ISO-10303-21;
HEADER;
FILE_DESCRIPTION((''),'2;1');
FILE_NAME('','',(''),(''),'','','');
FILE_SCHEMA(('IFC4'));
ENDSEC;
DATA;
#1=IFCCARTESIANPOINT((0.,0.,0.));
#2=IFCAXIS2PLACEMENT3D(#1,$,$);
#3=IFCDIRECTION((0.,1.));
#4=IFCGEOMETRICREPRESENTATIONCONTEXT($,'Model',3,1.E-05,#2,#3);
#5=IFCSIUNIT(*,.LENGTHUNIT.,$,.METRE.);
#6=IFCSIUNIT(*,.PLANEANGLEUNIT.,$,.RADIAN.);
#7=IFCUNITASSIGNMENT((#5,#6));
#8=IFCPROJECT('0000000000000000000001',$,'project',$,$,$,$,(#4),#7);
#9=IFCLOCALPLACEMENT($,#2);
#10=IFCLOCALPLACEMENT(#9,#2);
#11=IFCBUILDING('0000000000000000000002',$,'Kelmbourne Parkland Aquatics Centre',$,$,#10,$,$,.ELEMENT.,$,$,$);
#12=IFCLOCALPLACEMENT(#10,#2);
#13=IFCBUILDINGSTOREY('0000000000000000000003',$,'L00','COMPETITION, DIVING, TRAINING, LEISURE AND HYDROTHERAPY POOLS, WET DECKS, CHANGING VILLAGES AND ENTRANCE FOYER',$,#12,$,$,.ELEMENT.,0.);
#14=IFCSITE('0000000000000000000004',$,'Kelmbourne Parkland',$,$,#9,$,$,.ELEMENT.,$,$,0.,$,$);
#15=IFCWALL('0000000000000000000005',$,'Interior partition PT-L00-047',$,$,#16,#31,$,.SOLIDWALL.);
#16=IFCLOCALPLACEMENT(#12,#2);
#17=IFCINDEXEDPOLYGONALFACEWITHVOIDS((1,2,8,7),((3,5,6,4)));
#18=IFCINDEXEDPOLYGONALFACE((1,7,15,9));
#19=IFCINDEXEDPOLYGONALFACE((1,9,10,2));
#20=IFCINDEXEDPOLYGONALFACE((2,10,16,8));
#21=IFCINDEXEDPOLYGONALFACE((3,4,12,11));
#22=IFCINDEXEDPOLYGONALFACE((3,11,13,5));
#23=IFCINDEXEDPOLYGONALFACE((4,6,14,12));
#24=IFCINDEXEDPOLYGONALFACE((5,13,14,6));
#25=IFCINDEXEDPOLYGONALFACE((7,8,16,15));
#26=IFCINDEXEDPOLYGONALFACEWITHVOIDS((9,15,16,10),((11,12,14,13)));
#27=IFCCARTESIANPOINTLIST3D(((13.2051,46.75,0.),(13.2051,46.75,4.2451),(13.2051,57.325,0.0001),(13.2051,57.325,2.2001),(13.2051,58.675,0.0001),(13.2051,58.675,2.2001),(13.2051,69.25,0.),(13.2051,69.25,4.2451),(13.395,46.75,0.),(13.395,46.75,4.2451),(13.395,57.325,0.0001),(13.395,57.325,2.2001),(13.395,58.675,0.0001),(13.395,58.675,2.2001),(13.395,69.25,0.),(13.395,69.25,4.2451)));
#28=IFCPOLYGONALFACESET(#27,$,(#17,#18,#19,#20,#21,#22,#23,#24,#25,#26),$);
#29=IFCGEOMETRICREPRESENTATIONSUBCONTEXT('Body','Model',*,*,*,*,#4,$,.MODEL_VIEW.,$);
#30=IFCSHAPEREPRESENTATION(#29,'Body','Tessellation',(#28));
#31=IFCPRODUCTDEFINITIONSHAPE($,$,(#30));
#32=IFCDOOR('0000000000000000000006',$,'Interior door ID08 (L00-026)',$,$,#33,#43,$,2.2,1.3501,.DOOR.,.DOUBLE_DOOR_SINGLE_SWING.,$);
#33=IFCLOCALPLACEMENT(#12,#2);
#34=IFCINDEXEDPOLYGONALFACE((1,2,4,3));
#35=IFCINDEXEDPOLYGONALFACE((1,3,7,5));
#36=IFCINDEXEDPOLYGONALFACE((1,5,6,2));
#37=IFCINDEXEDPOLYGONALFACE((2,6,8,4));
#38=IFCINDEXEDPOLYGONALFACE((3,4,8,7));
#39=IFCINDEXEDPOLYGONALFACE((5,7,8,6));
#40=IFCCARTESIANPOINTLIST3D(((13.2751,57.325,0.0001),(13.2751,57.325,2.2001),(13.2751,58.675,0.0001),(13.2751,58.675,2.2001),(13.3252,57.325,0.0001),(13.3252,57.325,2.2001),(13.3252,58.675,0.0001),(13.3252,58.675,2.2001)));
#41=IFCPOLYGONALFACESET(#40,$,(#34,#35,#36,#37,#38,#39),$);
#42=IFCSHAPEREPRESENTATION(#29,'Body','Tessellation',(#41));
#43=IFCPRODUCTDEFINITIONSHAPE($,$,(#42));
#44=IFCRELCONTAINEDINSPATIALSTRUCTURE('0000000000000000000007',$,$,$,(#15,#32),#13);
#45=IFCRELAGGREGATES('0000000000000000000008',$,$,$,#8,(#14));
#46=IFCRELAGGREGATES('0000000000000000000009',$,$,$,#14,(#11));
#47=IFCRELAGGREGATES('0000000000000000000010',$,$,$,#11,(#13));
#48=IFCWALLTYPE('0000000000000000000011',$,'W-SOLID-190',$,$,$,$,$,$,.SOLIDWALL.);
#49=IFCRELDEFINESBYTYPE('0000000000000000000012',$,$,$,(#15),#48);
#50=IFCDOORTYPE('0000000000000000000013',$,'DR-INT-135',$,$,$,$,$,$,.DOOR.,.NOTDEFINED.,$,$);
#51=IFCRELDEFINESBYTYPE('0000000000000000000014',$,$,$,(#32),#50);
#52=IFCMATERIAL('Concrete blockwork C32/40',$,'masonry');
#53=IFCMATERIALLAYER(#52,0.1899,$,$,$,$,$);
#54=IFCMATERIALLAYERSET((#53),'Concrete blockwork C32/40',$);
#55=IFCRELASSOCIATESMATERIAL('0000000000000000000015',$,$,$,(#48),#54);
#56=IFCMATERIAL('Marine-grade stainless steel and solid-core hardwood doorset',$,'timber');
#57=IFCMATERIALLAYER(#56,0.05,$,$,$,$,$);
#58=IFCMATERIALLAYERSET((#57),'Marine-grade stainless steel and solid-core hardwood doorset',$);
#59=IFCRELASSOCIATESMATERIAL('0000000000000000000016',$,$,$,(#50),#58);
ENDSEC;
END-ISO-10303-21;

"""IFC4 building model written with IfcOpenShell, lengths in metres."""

from ifc_helpers import new_model, si_unit, direction, frame, frame_2d, origin, place, context, subcontext, project, spatial, rectangle, extrude, material, layer, layer_set, type_object, element, fill, save


model = new_model("IFC4")

# Units and contexts
model_context = context("Model", 3, precision=1e-05, world=origin(), true_north=direction((0.0, 1.0)))
body_context = subcontext(model_context, "Body", "Model", "MODEL_VIEW")
ifc_project = project(units=[si_unit("LENGTHUNIT", "METRE"), si_unit("PLANEANGLEUNIT", "RADIAN")], contexts=[model_context])

# Site, building, storey
site_placement = place(None, origin())
site = spatial("IfcSite", under=ifc_project, at=site_placement, Name="Kelmbourne Parkland", CompositionType="ELEMENT", RefElevation=0.0)
building_placement = place(site_placement, origin())
building = spatial("IfcBuilding", under=site, at=building_placement, Name="Kelmbourne Parkland Aquatics Centre", CompositionType="ELEMENT")
storey_placement = place(building_placement, origin())
storey = spatial("IfcBuildingStorey", under=building, at=storey_placement, Name="L00", Description="COMPETITION, DIVING, TRAINING, LEISURE AND HYDROTHERAPY POOLS, WET DECKS, CHANGING VILLAGES AND ENTRANCE FOYER", CompositionType="ELEMENT", Elevation=0.0)

# Wall, opening, door
ifc_material_1 = material(Name="Concrete blockwork C32/40", Category="masonry")
ifc_layer_1 = layer(ifc_material_1, 0.1899)
ifc_layer_set_1 = layer_set([ifc_layer_1], Name="Concrete blockwork C32/40")
wall_type = type_object("IfcWallType", Name="W-SOLID-190", PredefinedType="SOLIDWALL", material=ifc_layer_set_1)
wall_placement = place(storey_placement, frame((13.3, 46.75, 0.0), z_axis=(0.0, 0.0, 1.0), x_axis=(0.0, 1.0, 0.0)))
wall = element("IfcWall", 1, at=wall_placement, inside=storey, type_object=wall_type, Name="Interior partition PT-L00-047", PredefinedType="SOLIDWALL", context=body_context, shape_type="SweptSolid", body=[
    extrude(rectangle(XDim=22.5, YDim=0.1899, at=frame_2d((11.25, 0.0))), origin(), (0.0, 0.0, 1.0), 4.2451),
])
opening_placement = place(wall_placement, frame((10.575, 0.0, 0.0)))
opening = element("IfcOpeningElement", 2, at=opening_placement, cuts=wall, PredefinedType="OPENING", context=body_context, shape_type="SweptSolid", body=[
    extrude(rectangle(XDim=1.3501, YDim=2.2, at=frame_2d((0.675, 1.1001))), frame((0.0, 0.1069, 0.0), z_axis=(0.0, -1.0, 0.0), x_axis=(1.0, 0.0, 0.0)), (0.0, 0.0, 1.0), 0.2139),
])
ifc_material_2 = material(Name="Marine-grade stainless steel and solid-core hardwood doorset", Category="timber")
ifc_layer_2 = layer(ifc_material_2, 0.05)
ifc_layer_set_2 = layer_set([ifc_layer_2], Name="Marine-grade stainless steel and solid-core hardwood doorset")
door_type = type_object("IfcDoorType", Name="DR-INT-135", OperationType="NOTDEFINED", PredefinedType="DOOR", material=ifc_layer_set_2)
door_placement = place(opening_placement, origin())
door = element("IfcDoor", 3, at=door_placement, inside=storey, type_object=door_type, Name="Interior door ID08 (L00-026)", OperationType="DOUBLE_DOOR_SINGLE_SWING", OverallHeight=2.2, OverallWidth=1.3501, PredefinedType="DOOR", context=body_context, shape_type="SweptSolid", body=[
    extrude(rectangle(XDim=1.3501, YDim=2.2, at=frame_2d((0.675, 1.1001))), frame((0.0, 0.0249, 0.0), z_axis=(0.0, -1.0, 0.0), x_axis=(1.0, 0.0, 0.0)), (0.0, 0.0, 1.0), 0.05),
])
fill(opening, door)

save(model, "model.ifc")
